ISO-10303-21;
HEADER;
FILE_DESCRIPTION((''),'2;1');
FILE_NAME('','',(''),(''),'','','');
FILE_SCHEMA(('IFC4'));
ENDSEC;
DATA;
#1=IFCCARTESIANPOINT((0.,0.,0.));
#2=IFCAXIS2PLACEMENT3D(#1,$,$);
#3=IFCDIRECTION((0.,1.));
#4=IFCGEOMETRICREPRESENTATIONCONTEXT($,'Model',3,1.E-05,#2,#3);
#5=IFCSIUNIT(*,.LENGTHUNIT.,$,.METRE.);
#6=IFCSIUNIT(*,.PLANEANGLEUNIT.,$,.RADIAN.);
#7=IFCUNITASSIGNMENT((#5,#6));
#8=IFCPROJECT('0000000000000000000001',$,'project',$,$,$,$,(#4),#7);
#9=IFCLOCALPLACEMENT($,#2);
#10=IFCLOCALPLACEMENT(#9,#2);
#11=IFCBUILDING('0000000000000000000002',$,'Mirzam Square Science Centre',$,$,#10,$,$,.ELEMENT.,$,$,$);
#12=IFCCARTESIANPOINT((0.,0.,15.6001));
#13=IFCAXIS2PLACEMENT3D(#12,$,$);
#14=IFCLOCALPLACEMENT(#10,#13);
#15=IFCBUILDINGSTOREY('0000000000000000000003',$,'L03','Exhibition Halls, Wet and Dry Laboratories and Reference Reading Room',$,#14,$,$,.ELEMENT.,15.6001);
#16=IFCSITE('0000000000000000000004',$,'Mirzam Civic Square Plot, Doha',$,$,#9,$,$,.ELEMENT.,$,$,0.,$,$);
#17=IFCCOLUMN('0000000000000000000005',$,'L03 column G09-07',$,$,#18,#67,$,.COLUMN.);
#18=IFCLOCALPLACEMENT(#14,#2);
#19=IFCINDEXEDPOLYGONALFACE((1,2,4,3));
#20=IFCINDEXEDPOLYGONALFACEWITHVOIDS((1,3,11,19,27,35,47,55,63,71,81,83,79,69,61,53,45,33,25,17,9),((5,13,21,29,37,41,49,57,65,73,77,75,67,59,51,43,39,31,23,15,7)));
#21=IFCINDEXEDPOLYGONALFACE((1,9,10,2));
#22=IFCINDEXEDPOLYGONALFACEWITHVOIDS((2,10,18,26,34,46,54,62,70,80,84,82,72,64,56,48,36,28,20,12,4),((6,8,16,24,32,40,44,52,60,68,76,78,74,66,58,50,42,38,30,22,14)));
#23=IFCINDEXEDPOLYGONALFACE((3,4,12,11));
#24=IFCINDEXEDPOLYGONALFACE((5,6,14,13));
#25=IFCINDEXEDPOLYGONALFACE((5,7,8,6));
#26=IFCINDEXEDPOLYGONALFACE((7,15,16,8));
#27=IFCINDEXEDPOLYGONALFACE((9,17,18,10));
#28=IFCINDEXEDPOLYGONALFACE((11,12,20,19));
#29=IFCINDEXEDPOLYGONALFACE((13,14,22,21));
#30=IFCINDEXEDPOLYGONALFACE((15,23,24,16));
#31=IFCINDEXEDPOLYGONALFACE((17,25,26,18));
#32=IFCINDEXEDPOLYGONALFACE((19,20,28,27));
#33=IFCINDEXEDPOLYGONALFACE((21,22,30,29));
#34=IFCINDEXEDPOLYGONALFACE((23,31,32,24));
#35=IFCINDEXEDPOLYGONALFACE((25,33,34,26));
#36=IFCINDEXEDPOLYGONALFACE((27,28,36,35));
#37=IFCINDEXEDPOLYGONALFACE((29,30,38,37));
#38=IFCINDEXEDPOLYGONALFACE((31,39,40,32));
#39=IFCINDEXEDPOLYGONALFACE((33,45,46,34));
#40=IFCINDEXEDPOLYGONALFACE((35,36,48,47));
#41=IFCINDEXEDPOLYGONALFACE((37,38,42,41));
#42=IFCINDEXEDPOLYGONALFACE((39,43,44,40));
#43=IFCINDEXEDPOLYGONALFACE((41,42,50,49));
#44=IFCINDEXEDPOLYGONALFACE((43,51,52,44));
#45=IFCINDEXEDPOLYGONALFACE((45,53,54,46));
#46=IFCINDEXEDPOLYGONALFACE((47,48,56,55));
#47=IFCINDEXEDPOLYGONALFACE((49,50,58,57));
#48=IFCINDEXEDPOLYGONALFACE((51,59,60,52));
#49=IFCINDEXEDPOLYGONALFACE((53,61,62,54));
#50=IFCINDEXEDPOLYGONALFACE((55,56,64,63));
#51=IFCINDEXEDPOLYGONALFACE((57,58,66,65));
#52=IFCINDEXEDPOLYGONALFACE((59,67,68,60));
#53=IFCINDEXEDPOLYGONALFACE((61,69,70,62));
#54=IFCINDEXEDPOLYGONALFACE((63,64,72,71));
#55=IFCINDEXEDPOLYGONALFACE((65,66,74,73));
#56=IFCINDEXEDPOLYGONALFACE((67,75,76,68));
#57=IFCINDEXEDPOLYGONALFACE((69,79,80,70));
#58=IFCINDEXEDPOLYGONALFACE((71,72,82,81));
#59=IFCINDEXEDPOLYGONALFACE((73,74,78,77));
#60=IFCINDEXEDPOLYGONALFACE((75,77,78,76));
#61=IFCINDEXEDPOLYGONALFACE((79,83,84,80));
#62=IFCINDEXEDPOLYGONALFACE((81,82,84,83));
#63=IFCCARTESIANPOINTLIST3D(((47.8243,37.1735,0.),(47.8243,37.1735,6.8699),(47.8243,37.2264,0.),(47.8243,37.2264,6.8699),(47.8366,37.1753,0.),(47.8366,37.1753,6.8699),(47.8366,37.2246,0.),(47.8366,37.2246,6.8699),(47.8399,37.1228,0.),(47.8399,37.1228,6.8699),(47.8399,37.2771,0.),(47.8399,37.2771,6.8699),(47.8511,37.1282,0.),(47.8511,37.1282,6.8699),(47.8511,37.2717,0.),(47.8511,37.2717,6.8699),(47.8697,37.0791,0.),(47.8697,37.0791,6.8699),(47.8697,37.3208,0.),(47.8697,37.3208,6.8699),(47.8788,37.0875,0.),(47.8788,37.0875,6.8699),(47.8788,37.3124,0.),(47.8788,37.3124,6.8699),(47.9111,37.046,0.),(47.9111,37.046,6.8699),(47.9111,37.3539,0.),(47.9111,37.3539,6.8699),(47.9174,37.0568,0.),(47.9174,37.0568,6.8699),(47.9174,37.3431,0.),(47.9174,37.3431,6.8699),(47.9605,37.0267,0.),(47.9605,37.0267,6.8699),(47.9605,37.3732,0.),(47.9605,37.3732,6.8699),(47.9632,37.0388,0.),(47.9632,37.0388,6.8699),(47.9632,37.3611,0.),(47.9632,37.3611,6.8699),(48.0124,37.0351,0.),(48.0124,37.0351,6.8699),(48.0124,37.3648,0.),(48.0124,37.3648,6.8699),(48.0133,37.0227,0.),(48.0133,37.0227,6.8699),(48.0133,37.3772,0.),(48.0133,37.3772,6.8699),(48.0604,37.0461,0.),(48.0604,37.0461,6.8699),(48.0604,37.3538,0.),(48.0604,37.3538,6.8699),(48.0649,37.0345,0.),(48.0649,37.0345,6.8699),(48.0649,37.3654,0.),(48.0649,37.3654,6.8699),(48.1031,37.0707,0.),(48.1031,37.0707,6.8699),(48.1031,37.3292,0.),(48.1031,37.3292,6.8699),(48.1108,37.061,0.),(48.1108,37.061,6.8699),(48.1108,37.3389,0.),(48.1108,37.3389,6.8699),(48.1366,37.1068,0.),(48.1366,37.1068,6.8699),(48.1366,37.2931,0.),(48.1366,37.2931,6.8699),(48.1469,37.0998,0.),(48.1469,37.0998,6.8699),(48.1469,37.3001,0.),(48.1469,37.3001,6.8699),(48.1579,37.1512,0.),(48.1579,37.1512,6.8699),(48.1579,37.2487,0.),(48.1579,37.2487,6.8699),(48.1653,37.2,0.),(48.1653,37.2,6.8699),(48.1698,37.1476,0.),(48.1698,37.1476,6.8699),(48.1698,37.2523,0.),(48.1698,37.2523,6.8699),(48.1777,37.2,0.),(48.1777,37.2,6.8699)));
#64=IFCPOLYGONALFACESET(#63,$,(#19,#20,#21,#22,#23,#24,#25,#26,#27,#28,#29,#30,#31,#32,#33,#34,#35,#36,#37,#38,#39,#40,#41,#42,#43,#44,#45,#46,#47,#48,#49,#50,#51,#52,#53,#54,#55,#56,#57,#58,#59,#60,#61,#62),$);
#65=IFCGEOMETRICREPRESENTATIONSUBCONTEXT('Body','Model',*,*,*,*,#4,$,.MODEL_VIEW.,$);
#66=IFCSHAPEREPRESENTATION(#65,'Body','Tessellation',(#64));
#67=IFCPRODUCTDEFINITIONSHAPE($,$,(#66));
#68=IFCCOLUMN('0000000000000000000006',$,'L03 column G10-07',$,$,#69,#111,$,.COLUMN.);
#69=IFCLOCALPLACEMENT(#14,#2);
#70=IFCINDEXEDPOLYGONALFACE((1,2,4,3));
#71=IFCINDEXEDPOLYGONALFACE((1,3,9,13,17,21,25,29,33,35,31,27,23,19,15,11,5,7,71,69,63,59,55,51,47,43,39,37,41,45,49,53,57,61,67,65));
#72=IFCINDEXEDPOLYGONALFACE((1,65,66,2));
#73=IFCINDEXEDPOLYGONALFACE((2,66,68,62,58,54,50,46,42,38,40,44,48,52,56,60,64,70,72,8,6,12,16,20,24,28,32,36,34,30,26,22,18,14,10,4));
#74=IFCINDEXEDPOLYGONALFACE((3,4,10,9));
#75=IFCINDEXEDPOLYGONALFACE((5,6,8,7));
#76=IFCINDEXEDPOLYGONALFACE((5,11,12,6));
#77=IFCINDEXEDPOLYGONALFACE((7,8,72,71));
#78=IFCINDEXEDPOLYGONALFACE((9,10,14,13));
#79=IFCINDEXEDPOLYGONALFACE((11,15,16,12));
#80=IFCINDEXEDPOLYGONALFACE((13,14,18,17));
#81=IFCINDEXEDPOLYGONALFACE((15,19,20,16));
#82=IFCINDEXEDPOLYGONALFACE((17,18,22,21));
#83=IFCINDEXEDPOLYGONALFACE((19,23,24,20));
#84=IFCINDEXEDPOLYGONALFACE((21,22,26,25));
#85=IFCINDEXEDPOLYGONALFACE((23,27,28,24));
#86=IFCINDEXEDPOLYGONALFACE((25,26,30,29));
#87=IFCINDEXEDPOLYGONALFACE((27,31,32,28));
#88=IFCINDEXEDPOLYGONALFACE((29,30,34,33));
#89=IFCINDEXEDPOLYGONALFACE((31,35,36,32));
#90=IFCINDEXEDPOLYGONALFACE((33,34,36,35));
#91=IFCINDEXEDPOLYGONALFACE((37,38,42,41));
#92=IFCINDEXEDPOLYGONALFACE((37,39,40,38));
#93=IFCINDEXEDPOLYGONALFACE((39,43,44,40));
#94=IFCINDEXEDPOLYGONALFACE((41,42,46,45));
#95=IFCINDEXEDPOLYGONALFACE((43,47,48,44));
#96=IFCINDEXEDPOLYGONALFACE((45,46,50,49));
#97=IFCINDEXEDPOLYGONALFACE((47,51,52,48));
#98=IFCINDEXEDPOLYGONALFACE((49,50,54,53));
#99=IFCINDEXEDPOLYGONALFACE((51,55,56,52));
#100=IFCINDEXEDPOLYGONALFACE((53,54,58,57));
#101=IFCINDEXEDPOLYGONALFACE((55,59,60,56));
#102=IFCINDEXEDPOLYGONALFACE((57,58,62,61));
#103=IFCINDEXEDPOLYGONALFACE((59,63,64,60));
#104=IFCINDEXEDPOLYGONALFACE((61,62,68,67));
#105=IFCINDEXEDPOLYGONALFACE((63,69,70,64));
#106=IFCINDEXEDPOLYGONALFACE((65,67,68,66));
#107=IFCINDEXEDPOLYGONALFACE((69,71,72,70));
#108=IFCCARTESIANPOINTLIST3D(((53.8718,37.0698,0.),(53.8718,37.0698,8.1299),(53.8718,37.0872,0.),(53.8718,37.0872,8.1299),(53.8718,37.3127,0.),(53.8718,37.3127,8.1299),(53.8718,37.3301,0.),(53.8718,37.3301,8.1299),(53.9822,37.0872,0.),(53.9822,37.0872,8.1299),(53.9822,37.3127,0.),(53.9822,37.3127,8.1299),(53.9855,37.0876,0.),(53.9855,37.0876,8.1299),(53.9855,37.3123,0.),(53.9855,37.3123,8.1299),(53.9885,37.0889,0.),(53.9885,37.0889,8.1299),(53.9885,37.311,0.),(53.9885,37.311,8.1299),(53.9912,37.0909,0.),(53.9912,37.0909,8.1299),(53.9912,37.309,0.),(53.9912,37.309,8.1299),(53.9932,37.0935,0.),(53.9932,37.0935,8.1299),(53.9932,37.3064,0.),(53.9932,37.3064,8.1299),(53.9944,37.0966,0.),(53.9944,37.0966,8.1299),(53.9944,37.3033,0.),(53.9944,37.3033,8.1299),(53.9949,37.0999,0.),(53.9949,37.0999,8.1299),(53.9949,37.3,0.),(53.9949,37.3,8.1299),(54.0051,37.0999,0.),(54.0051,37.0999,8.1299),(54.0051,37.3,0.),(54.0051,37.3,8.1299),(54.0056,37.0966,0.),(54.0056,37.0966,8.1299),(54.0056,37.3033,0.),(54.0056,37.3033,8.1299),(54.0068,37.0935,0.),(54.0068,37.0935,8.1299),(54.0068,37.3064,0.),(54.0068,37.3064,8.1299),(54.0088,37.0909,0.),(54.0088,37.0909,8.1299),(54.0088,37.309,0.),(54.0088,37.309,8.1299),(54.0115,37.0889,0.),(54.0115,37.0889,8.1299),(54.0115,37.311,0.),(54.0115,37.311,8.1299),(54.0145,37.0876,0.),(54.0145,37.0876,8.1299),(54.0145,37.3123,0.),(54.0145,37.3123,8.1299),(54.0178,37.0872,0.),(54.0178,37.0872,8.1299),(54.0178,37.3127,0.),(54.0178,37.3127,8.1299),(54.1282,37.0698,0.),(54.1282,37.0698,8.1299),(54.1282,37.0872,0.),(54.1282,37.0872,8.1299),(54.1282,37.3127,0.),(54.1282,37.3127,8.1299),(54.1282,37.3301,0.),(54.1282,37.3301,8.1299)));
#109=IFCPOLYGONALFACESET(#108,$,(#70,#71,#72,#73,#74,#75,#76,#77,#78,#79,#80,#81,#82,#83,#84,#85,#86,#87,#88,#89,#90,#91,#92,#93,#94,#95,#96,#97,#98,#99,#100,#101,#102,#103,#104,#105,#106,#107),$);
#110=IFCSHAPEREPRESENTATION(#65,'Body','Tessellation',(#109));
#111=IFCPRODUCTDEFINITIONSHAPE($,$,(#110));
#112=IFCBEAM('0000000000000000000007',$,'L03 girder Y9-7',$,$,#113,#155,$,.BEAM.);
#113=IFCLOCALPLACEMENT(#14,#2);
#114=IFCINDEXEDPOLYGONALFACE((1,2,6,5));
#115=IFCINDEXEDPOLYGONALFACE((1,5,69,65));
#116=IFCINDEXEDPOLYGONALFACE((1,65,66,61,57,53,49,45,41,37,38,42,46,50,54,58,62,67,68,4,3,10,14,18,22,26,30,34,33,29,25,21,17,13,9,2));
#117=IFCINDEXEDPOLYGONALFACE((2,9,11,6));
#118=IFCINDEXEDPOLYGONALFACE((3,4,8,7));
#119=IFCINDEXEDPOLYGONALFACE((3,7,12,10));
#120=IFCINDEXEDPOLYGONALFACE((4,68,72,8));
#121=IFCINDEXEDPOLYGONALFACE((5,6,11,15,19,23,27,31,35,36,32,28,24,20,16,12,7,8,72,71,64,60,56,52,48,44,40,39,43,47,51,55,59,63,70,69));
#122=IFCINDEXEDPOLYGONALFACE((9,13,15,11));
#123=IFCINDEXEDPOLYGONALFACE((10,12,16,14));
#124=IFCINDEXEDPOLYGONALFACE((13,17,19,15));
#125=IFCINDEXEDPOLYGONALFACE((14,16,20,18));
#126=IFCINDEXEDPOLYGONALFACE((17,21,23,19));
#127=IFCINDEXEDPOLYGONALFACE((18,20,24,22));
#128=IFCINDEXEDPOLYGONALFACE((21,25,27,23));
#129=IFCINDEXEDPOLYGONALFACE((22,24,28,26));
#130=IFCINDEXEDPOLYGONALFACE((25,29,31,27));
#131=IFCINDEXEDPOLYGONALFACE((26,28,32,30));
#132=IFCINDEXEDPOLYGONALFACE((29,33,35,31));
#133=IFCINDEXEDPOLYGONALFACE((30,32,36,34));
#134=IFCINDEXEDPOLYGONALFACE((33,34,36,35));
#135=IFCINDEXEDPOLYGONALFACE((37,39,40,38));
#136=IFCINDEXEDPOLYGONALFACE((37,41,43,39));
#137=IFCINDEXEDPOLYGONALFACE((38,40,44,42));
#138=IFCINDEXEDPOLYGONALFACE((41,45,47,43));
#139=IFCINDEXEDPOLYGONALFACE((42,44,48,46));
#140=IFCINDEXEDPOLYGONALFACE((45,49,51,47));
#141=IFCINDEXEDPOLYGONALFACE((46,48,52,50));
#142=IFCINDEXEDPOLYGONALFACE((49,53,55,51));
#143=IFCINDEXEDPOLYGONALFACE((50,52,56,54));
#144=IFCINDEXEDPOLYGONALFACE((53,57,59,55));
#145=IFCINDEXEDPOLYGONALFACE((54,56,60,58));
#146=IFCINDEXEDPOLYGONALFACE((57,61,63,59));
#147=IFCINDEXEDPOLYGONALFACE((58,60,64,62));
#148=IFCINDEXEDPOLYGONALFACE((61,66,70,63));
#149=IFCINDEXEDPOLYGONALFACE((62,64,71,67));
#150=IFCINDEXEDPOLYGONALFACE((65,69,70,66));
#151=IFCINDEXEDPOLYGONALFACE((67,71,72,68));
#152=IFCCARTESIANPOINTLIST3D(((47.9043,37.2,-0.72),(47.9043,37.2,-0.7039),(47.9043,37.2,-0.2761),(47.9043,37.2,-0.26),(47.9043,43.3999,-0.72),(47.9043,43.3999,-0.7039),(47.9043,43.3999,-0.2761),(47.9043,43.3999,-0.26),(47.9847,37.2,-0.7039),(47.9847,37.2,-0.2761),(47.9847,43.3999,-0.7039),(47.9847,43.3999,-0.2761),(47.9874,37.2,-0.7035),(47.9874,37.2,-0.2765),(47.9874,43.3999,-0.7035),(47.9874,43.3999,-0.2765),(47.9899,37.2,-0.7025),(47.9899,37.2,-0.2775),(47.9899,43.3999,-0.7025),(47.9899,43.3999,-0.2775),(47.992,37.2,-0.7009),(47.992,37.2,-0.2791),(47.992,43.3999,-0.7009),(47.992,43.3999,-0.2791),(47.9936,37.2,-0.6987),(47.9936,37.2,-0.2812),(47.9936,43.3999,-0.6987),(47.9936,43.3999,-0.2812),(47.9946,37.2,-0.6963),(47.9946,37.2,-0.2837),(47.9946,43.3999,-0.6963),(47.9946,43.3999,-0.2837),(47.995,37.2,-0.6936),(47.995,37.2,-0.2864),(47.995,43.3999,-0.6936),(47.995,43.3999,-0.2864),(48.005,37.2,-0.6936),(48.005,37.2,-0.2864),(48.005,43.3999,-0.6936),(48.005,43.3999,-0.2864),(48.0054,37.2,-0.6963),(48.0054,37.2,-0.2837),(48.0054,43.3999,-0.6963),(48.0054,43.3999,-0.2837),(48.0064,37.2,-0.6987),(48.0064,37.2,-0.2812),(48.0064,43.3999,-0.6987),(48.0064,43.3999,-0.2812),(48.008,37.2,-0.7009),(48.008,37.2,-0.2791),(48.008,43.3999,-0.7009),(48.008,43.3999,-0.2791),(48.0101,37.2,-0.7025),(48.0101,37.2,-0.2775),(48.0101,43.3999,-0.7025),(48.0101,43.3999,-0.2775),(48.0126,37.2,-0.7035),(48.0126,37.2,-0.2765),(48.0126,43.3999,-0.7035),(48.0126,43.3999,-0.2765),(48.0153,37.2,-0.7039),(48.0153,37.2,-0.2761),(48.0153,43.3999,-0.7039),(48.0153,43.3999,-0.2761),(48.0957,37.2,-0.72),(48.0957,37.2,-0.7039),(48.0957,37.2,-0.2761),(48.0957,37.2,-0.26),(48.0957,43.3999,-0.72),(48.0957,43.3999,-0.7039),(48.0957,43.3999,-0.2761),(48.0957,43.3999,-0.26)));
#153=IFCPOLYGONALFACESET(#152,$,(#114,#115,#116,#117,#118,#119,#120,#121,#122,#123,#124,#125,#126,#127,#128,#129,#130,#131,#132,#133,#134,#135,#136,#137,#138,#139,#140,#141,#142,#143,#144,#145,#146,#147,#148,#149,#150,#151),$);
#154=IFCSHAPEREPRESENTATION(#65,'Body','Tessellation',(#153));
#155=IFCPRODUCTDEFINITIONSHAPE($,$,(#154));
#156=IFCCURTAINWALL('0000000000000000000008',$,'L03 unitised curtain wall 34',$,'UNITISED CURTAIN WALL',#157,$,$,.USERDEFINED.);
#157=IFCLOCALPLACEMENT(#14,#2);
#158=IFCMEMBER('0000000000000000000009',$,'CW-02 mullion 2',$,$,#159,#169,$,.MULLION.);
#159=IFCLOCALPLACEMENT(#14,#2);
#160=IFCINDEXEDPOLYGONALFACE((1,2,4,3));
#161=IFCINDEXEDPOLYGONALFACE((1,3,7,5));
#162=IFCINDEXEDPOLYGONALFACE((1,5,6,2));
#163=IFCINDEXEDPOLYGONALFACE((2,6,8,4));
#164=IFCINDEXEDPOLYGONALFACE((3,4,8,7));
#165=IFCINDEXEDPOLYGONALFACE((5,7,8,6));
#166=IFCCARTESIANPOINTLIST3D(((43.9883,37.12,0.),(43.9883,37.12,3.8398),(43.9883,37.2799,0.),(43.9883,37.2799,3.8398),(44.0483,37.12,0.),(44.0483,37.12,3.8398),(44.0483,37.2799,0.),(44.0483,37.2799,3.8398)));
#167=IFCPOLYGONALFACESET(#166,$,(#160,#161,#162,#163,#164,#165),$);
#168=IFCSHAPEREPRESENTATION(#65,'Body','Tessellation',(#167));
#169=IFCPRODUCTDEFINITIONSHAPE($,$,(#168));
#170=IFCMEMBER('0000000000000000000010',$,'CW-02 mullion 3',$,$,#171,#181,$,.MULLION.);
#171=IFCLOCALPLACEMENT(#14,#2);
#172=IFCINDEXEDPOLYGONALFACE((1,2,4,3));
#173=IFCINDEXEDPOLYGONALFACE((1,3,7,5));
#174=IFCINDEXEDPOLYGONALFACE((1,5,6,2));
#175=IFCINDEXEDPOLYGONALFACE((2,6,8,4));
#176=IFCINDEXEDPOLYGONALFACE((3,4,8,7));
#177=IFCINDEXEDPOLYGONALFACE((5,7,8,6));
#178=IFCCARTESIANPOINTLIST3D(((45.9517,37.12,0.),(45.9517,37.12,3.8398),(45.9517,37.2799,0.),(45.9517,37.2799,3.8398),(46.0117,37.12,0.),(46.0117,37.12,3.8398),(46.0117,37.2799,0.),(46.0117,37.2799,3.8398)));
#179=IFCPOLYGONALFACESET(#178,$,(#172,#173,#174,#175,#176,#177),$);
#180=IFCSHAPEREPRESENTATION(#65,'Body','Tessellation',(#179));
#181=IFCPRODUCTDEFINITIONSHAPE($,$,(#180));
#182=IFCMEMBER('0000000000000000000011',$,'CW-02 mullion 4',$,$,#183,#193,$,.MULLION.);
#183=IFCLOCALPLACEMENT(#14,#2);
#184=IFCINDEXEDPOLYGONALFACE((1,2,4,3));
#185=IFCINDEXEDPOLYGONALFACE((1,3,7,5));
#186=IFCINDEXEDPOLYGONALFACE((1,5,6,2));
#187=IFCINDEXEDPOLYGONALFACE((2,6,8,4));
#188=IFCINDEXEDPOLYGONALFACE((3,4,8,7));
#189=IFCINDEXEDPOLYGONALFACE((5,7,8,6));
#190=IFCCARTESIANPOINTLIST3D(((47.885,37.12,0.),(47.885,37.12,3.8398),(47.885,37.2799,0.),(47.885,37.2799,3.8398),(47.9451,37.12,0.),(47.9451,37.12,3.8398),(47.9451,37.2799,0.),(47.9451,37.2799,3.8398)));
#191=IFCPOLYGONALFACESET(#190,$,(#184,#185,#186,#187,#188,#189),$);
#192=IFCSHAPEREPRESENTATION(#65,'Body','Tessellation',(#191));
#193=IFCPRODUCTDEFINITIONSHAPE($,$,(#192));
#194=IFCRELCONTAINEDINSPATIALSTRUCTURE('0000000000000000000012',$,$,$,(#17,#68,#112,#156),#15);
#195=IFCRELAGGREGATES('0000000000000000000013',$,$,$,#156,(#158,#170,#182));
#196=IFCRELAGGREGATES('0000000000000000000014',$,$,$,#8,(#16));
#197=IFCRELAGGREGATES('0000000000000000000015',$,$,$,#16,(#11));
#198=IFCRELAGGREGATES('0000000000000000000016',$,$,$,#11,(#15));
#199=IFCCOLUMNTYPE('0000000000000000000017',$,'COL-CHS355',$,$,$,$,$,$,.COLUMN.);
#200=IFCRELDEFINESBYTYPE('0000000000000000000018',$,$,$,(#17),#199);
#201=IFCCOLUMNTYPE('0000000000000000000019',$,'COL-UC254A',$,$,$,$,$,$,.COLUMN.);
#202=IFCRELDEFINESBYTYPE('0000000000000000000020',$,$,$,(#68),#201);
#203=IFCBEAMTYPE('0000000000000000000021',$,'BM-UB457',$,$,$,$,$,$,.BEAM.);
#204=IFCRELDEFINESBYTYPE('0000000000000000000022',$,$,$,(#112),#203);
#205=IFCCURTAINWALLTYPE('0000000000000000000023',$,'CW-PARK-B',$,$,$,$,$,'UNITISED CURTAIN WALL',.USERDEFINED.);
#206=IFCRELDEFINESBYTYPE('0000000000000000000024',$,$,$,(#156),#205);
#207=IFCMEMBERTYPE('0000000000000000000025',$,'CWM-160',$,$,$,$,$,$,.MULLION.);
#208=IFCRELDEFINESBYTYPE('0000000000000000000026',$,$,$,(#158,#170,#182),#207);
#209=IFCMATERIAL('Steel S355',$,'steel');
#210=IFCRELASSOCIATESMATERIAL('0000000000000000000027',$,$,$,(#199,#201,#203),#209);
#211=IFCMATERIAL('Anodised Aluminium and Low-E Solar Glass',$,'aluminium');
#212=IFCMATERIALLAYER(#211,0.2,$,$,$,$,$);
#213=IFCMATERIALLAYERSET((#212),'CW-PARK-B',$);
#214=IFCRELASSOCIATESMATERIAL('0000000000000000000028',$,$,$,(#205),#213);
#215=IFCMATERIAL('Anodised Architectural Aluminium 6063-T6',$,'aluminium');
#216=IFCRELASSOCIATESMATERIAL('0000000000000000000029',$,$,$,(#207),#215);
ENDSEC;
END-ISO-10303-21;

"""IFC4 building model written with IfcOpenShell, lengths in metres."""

from ifc_helpers import new_model, si_unit, direction, frame, origin, origin_2d, place, context, subcontext, project, spatial, rectangle, hollow_circle, i_section, extrude, material, layer, layer_set, material_profile, profile_set, type_object, element, aggregate, save


model = new_model("IFC4")

# Units and contexts
model_context = context("Model", 3, precision=1e-05, world=origin(), true_north=direction((0.0, 1.0)))
body_context = subcontext(model_context, "Body", "Model", "MODEL_VIEW")
ifc_project = project(units=[si_unit("LENGTHUNIT", "METRE"), si_unit("PLANEANGLEUNIT", "RADIAN")], contexts=[model_context])

# Site, building, storey
site_placement = place(None, origin())
site = spatial("IfcSite", under=ifc_project, at=site_placement, Name="Mirzam Civic Square Plot, Doha", CompositionType="ELEMENT", RefElevation=0.0)
building_placement = place(site_placement, origin())
building = spatial("IfcBuilding", under=site, at=building_placement, Name="Mirzam Square Science Centre", CompositionType="ELEMENT")
storey_placement = place(building_placement, frame((0.0, 0.0, 15.6001)))
storey = spatial("IfcBuildingStorey", under=building, at=storey_placement, Name="L03", Description="Exhibition Halls, Wet and Dry Laboratories and Reference Reading Room", CompositionType="ELEMENT", Elevation=15.6001)

# Columns
ifc_material_1 = material(Name="Steel S355", Category="steel")
ifc_material_profile_1 = material_profile(ifc_material_1, hollow_circle(Radius=0.1777, WallThickness=0.0125, at=origin_2d()), Name="355.6x12.5CHS")
ifc_profile_set_1 = profile_set([ifc_material_profile_1], Name="Steel S355")
column_type_1 = type_object("IfcColumnType", Name="COL-CHS355", PredefinedType="COLUMN", material=ifc_profile_set_1)
column_1_placement = place(storey_placement, frame((48.0, 37.2, 0.0), z_axis=(0.0, 0.0, 1.0), x_axis=(1.0, 0.0, 0.0)))
element("IfcColumn", 1, at=column_1_placement, inside=storey, type_object=column_type_1, Name="L03 column G09-07", PredefinedType="COLUMN", context=body_context, shape_type="SweptSolid", body=[
    extrude(hollow_circle(Radius=0.1777, WallThickness=0.0125, at=origin_2d()), origin(), (0.0, 0.0, 1.0), 6.8699),
])
ifc_material_profile_2 = material_profile(ifc_material_1, i_section(OverallWidth=0.2563, OverallDepth=0.2603, WebThickness=0.0103, FlangeThickness=0.0173, FilletRadius=0.0127, at=origin_2d()), Name="254x254x89UC")
ifc_profile_set_2 = profile_set([ifc_material_profile_2], Name="Steel S355")
column_type_2 = type_object("IfcColumnType", Name="COL-UC254A", PredefinedType="COLUMN", material=ifc_profile_set_2)
column_2_placement = place(storey_placement, frame((54.0, 37.2, 0.0), z_axis=(0.0, 0.0, 1.0), x_axis=(1.0, 0.0, 0.0)))
element("IfcColumn", 2, at=column_2_placement, inside=storey, type_object=column_type_2, Name="L03 column G10-07", PredefinedType="COLUMN", context=body_context, shape_type="SweptSolid", body=[
    extrude(i_section(OverallWidth=0.2563, OverallDepth=0.2603, WebThickness=0.0103, FlangeThickness=0.0173, FilletRadius=0.0127, at=origin_2d()), origin(), (0.0, 0.0, 1.0), 8.1299),
])

# Beam
ifc_material_profile_3 = material_profile(ifc_material_1, i_section(OverallWidth=0.1914, OverallDepth=0.46, WebThickness=0.01, FlangeThickness=0.0161, FilletRadius=0.0103, at=origin_2d()), Name="457x191x82UB")
ifc_profile_set_3 = profile_set([ifc_material_profile_3], Name="Steel S355")
beam_type_1 = type_object("IfcBeamType", Name="BM-UB457", PredefinedType="BEAM", material=ifc_profile_set_3)
beam_1_placement = place(storey_placement, frame((48.0, 37.2, -0.49), z_axis=(0.0, 1.0, 0.0), x_axis=(-1.0, 0.0, 0.0)))
element("IfcBeam", 3, at=beam_1_placement, inside=storey, type_object=beam_type_1, Name="L03 girder Y9-7", PredefinedType="BEAM", context=body_context, shape_type="SweptSolid", body=[
    extrude(i_section(OverallWidth=0.1914, OverallDepth=0.46, WebThickness=0.01, FlangeThickness=0.0161, FilletRadius=0.0103, at=origin_2d()), origin(), (0.0, 0.0, 1.0), 6.2),
])

# Curtain wall, members
ifc_material_2 = material(Name="Anodised Aluminium and Low-E Solar Glass", Category="aluminium")
ifc_layer_1 = layer(ifc_material_2, 0.2)
ifc_layer_set_1 = layer_set([ifc_layer_1], Name="CW-PARK-B")
curtain_wall_type = type_object("IfcCurtainWallType", Name="CW-PARK-B", ElementType="UNITISED CURTAIN WALL", PredefinedType="USERDEFINED", material=ifc_layer_set_1)
curtain_wall_placement = place(storey_placement, origin())
curtain_wall = element("IfcCurtainWall", 4, at=curtain_wall_placement, inside=storey, type_object=curtain_wall_type, Name="L03 unitised curtain wall 34", ObjectType="UNITISED CURTAIN WALL", PredefinedType="USERDEFINED")
ifc_material_3 = material(Name="Anodised Architectural Aluminium 6063-T6", Category="aluminium")
ifc_material_profile_4 = material_profile(ifc_material_3, rectangle(XDim=0.0601, YDim=0.1599, at=origin_2d()), Name="ALU-MULL-160x60x4")
ifc_profile_set_4 = profile_set([ifc_material_profile_4], Name="Anodised Architectural Aluminium 6063-T6")
member_type_1 = type_object("IfcMemberType", Name="CWM-160", PredefinedType="MULLION", material=ifc_profile_set_4)
member_1_placement = place(storey_placement, frame((44.0183, 37.2, 0.0), z_axis=(0.0, 0.0, 1.0), x_axis=(1.0, 0.0, 0.0)))
member_1 = element("IfcMember", 5, at=member_1_placement, type_object=member_type_1, Name="CW-02 mullion 2", PredefinedType="MULLION", context=body_context, shape_type="SweptSolid", body=[
    extrude(rectangle(XDim=0.0601, YDim=0.1599, at=origin_2d()), origin(), (0.0, 0.0, 1.0), 3.8398),
])
member_2_placement = place(storey_placement, frame((45.9817, 37.2, 0.0), z_axis=(0.0, 0.0, 1.0), x_axis=(1.0, 0.0, 0.0)))
member_2 = element("IfcMember", 6, at=member_2_placement, type_object=member_type_1, Name="CW-02 mullion 3", PredefinedType="MULLION", context=body_context, shape_type="SweptSolid", body=[
    extrude(rectangle(XDim=0.0601, YDim=0.1599, at=origin_2d()), origin(), (0.0, 0.0, 1.0), 3.8398),
])
member_3_placement = place(storey_placement, frame((47.915, 37.2, 0.0), z_axis=(0.0, 0.0, 1.0), x_axis=(1.0, 0.0, 0.0)))
member_3 = element("IfcMember", 7, at=member_3_placement, type_object=member_type_1, Name="CW-02 mullion 4", PredefinedType="MULLION", context=body_context, shape_type="SweptSolid", body=[
    extrude(rectangle(XDim=0.0601, YDim=0.1599, at=origin_2d()), origin(), (0.0, 0.0, 1.0), 3.8398),
])

aggregate(curtain_wall, [member_1, member_2, member_3])

save(model, "model.ifc")
